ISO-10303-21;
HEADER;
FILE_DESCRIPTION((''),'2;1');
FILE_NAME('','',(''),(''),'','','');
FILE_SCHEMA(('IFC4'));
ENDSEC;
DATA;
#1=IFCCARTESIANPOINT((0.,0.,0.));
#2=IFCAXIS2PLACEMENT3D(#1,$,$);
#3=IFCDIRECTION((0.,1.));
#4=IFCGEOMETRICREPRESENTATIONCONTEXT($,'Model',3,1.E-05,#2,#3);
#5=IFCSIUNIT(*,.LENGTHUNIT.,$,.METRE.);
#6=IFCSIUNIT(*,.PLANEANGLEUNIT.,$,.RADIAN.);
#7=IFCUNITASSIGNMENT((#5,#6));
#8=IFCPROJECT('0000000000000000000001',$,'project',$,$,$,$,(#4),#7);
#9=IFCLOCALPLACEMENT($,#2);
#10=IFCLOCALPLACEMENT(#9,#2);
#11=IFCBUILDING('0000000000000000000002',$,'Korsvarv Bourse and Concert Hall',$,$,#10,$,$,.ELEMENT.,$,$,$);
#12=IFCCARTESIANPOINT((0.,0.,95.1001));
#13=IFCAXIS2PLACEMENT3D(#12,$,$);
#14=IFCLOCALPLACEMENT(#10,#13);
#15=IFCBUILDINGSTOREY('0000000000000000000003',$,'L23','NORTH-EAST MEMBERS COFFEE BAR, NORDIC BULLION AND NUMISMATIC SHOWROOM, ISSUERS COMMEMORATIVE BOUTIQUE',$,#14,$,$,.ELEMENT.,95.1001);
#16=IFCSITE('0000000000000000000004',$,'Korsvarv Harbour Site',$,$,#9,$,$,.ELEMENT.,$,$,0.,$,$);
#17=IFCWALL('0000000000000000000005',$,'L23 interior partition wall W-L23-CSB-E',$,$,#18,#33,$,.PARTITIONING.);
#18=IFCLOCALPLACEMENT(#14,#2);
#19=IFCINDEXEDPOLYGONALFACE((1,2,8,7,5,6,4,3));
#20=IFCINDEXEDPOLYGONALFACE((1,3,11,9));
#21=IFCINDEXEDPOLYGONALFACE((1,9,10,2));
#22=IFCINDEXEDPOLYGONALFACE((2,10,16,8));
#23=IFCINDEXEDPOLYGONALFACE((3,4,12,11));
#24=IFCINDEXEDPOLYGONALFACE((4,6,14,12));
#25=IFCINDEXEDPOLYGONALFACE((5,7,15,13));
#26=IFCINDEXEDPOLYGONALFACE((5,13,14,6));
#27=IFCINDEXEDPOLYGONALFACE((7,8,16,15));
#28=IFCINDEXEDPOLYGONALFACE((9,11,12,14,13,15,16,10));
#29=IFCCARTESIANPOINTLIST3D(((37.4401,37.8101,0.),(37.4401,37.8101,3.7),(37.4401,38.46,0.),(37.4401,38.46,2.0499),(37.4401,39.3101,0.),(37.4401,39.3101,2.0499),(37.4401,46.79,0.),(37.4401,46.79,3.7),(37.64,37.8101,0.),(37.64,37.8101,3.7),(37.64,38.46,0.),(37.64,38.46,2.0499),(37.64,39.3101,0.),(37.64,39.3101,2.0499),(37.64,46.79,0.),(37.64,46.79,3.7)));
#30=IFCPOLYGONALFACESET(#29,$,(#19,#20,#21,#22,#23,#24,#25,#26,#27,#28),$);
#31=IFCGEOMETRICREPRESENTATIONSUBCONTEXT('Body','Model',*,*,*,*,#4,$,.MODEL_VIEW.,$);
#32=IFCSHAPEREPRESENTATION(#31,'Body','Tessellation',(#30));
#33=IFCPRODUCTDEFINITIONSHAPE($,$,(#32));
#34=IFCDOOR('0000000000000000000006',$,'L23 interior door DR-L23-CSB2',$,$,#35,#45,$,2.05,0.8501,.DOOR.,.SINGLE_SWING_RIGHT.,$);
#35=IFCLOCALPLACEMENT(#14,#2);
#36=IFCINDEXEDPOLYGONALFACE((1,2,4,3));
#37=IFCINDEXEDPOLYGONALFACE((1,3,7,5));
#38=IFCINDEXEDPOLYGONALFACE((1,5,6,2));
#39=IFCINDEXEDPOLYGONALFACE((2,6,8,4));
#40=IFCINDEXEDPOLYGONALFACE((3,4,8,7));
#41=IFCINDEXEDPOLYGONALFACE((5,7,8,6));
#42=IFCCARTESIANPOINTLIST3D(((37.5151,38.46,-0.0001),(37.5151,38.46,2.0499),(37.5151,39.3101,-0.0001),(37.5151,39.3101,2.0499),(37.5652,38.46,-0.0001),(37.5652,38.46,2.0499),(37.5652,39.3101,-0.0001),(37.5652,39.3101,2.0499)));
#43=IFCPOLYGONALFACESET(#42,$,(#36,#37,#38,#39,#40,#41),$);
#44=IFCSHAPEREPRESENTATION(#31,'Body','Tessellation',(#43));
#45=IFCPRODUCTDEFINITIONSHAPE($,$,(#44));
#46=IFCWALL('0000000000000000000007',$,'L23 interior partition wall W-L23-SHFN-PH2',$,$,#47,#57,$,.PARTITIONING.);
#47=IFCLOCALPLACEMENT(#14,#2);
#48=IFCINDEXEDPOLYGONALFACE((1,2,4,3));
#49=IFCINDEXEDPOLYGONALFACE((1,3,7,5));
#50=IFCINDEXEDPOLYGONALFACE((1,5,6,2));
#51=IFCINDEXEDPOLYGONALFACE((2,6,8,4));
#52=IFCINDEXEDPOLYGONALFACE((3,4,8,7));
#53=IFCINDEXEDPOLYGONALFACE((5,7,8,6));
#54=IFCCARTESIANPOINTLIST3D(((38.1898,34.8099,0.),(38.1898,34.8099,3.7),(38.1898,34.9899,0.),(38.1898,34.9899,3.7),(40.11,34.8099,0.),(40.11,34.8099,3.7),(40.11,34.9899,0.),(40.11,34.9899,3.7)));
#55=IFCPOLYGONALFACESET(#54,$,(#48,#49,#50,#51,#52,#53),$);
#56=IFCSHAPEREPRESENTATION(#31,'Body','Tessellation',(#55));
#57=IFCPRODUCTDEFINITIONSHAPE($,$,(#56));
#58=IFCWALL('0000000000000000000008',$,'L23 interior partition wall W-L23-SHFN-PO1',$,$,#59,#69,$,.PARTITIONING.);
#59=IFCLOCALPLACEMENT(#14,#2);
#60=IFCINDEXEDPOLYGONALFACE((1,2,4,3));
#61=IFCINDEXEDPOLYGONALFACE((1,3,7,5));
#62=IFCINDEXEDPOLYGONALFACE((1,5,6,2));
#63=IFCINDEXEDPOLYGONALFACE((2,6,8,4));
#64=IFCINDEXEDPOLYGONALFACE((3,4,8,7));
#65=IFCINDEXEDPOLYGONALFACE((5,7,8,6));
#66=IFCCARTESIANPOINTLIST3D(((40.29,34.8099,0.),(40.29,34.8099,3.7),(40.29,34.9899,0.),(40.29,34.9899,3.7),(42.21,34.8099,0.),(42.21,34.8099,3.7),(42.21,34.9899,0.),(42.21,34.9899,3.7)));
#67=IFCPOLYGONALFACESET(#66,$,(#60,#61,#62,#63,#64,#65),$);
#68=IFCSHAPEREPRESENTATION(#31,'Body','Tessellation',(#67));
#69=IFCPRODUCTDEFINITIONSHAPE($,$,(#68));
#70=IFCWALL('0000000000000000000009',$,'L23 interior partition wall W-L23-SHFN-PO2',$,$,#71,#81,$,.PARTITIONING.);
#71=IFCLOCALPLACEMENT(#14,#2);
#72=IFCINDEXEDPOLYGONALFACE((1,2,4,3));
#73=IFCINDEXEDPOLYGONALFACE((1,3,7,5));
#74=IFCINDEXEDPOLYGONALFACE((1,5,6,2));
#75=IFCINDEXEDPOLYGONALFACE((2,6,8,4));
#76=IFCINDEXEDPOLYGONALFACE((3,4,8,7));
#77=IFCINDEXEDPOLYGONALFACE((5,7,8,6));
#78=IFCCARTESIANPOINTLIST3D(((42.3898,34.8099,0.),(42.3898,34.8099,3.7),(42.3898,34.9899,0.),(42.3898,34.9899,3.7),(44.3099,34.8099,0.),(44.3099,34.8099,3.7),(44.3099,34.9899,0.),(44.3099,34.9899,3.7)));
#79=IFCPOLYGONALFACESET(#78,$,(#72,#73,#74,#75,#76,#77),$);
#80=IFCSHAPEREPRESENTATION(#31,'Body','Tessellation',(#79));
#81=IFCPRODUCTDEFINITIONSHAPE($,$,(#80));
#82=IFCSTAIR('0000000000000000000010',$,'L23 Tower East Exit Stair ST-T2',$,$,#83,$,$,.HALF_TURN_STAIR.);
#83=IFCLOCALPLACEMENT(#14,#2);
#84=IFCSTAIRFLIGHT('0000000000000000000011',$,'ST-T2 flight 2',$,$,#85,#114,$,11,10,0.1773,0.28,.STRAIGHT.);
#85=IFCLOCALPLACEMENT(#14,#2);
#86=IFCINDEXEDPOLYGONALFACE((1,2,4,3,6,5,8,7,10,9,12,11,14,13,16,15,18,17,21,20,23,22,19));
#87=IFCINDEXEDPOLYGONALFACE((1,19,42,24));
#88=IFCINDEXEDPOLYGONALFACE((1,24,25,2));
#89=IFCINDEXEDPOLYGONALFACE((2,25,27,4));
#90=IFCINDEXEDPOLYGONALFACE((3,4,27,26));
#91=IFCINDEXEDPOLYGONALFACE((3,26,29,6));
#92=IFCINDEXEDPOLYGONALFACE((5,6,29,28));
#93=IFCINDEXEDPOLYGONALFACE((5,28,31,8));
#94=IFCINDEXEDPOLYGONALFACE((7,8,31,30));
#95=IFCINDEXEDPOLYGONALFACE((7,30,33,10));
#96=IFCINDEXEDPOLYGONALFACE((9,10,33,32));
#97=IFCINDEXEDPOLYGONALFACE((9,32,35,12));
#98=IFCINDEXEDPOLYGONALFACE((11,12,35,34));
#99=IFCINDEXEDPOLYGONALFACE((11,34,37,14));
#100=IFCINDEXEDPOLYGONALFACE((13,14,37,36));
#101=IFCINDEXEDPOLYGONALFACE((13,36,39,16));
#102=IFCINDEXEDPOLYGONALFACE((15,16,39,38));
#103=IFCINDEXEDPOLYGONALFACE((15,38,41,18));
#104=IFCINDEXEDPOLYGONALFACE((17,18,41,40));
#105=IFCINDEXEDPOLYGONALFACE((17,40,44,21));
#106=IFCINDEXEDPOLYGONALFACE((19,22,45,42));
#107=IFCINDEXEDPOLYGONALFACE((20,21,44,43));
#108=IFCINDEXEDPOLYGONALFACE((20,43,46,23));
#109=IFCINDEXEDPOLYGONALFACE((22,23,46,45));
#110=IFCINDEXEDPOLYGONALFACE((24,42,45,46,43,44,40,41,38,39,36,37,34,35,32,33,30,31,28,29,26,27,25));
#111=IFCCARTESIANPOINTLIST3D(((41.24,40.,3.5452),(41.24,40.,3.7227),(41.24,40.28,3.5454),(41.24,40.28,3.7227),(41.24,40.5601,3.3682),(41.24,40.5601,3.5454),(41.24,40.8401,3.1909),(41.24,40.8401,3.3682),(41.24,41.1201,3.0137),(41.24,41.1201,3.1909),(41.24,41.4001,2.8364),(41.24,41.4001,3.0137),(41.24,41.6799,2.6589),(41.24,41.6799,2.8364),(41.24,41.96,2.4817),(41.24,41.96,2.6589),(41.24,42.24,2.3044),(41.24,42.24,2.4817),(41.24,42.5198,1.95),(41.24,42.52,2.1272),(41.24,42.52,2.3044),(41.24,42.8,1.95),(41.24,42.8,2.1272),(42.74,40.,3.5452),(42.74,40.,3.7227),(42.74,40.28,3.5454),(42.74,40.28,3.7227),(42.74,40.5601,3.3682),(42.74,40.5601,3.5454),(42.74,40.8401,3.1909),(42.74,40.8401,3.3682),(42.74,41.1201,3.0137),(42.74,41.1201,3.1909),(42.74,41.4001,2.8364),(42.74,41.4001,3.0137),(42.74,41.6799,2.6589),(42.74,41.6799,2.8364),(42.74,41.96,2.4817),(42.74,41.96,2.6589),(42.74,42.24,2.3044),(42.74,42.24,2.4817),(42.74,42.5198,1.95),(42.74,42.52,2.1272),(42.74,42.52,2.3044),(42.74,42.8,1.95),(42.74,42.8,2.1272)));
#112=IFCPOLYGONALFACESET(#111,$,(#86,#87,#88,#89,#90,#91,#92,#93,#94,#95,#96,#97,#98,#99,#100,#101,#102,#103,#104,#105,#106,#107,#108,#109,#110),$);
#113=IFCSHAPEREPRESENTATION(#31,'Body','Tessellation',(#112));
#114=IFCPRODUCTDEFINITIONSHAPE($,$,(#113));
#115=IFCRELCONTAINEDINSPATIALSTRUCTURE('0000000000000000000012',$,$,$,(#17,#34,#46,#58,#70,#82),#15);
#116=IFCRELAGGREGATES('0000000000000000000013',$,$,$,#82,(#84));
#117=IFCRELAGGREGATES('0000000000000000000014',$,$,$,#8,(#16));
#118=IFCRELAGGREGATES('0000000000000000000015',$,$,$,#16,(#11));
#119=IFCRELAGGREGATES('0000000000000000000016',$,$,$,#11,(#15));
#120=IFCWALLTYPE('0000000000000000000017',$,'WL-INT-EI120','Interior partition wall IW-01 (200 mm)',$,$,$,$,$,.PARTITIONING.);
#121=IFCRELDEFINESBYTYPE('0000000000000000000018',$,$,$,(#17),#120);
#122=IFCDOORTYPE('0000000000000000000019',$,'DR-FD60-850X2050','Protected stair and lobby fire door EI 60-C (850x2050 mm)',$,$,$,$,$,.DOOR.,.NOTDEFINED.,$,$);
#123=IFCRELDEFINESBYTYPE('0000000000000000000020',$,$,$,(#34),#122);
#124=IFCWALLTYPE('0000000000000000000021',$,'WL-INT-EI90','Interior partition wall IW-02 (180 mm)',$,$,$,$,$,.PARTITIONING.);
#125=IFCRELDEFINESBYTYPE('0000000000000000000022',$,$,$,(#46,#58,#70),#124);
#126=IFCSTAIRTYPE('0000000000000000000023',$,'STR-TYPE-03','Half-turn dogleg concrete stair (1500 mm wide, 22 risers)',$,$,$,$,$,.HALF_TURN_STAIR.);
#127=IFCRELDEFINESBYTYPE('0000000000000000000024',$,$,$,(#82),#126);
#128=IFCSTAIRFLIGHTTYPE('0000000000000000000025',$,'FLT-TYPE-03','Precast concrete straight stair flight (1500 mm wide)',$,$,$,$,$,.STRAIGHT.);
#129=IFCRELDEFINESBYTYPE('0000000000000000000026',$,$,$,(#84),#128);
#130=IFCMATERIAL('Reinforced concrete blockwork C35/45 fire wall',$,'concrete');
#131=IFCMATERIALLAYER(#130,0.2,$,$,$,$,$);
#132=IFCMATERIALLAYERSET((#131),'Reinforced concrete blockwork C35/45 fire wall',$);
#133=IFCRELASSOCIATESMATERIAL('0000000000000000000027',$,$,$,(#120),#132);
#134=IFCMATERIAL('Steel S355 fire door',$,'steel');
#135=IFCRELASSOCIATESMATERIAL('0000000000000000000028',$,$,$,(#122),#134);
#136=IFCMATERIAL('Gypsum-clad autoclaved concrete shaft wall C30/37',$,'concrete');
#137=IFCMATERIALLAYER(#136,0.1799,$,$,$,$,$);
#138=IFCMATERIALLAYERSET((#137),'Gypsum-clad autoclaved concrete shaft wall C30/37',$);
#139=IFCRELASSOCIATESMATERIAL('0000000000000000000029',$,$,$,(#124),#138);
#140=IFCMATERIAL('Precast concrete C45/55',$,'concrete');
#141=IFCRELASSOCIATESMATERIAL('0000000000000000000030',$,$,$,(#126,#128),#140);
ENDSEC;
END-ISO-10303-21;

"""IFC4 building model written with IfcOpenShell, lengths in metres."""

from ifc_helpers import new_model, si_unit, direction, frame, frame_2d, origin, place, context, subcontext, project, spatial, polyline, rectangle, outline, extrude, material, layer, layer_set, type_object, element, fill, aggregate, save


model = new_model("IFC4")

# Units and contexts
model_context = context("Model", 3, precision=1e-05, world=origin(), true_north=direction((0.0, 1.0)))
body_context = subcontext(model_context, "Body", "Model", "MODEL_VIEW")
ifc_project = project(units=[si_unit("LENGTHUNIT", "METRE"), si_unit("PLANEANGLEUNIT", "RADIAN")], contexts=[model_context])

# Site, building, storey
site_placement = place(None, origin())
site = spatial("IfcSite", under=ifc_project, at=site_placement, Name="Korsvarv Harbour Site", CompositionType="ELEMENT", RefElevation=0.0)
building_placement = place(site_placement, origin())
building = spatial("IfcBuilding", under=site, at=building_placement, Name="Korsvarv Bourse and Concert Hall", CompositionType="ELEMENT")
storey_placement = place(building_placement, frame((0.0, 0.0, 95.1001)))
storey = spatial("IfcBuildingStorey", under=building, at=storey_placement, Name="L23", Description="NORTH-EAST MEMBERS COFFEE BAR, NORDIC BULLION AND NUMISMATIC SHOWROOM, ISSUERS COMMEMORATIVE BOUTIQUE", CompositionType="ELEMENT", Elevation=95.1001)

# Shared definitions
ifc_material_1 = material(Name="Steel S355 fire door", Category="steel")

# Wall, opening, door
ifc_material_2 = material(Name="Reinforced concrete blockwork C35/45 fire wall", Category="concrete")
ifc_layer_1 = layer(ifc_material_2, 0.2)
ifc_layer_set_1 = layer_set([ifc_layer_1], Name="Reinforced concrete blockwork C35/45 fire wall")
wall_type_1 = type_object("IfcWallType", Name="WL-INT-EI120", Description="Interior partition wall IW-01 (200 mm)", PredefinedType="PARTITIONING", material=ifc_layer_set_1)
wall_1_placement = place(storey_placement, frame((37.54, 37.8101, 0.0), z_axis=(0.0, 0.0, 1.0), x_axis=(0.0, 1.0, 0.0)))
wall_1 = element("IfcWall", 1, at=wall_1_placement, inside=storey, type_object=wall_type_1, Name="L23 interior partition wall W-L23-CSB-E", PredefinedType="PARTITIONING", context=body_context, shape_type="SweptSolid", body=[
    extrude(rectangle(XDim=8.98, YDim=0.2, at=frame_2d((4.49, 0.0))), origin(), (0.0, 0.0, 1.0), 3.7),
])
opening_1_placement = place(wall_1_placement, frame((0.6499, 0.0, 0.0)))
opening_1 = element("IfcOpeningElement", 2, at=opening_1_placement, cuts=wall_1, PredefinedType="OPENING", context=body_context, shape_type="SweptSolid", body=[
    extrude(rectangle(XDim=0.8501, YDim=2.05, at=frame_2d((0.425, 1.0249))), frame((0.0, 0.1099, 0.0), z_axis=(0.0, -1.0, 0.0), x_axis=(1.0, 0.0, 0.0)), (0.0, 0.0, 1.0), 0.22),
])
door_type_1 = type_object("IfcDoorType", Name="DR-FD60-850X2050", Description="Protected stair and lobby fire door EI 60-C (850x2050 mm)", OperationType="NOTDEFINED", PredefinedType="DOOR", material=ifc_material_1)
door_1_placement = place(opening_1_placement, origin())
door_1 = element("IfcDoor", 3, at=door_1_placement, inside=storey, type_object=door_type_1, Name="L23 interior door DR-L23-CSB2", OperationType="SINGLE_SWING_RIGHT", OverallHeight=2.05, OverallWidth=0.8501, PredefinedType="DOOR", context=body_context, shape_type="SweptSolid", body=[
    extrude(rectangle(XDim=0.8501, YDim=2.05, at=frame_2d((0.425, 1.0249))), frame((0.0, 0.0249, 0.0), z_axis=(0.0, -1.0, 0.0), x_axis=(1.0, 0.0, 0.0)), (0.0, 0.0, 1.0), 0.05),
])
fill(opening_1, door_1)

# Walls
ifc_material_3 = material(Name="Gypsum-clad autoclaved concrete shaft wall C30/37", Category="concrete")
ifc_layer_2 = layer(ifc_material_3, 0.1799)
ifc_layer_set_2 = layer_set([ifc_layer_2], Name="Gypsum-clad autoclaved concrete shaft wall C30/37")
wall_type_2 = type_object("IfcWallType", Name="WL-INT-EI90", Description="Interior partition wall IW-02 (180 mm)", PredefinedType="PARTITIONING", material=ifc_layer_set_2)
wall_2_placement = place(storey_placement, frame((38.1899, 34.8999, 0.0), z_axis=(0.0, 0.0, 1.0), x_axis=(1.0, 0.0, 0.0)))
element("IfcWall", 4, at=wall_2_placement, inside=storey, type_object=wall_type_2, Name="L23 interior partition wall W-L23-SHFN-PH2", PredefinedType="PARTITIONING", context=body_context, shape_type="SweptSolid", body=[
    extrude(rectangle(XDim=1.9202, YDim=0.1799, at=frame_2d((0.96, 0.0))), origin(), (0.0, 0.0, 1.0), 3.7),
])
wall_3_placement = place(storey_placement, frame((40.29, 34.8999, 0.0), z_axis=(0.0, 0.0, 1.0), x_axis=(1.0, 0.0, 0.0)))
element("IfcWall", 5, at=wall_3_placement, inside=storey, type_object=wall_type_2, Name="L23 interior partition wall W-L23-SHFN-PO1", PredefinedType="PARTITIONING", context=body_context, shape_type="SweptSolid", body=[
    extrude(rectangle(XDim=1.9199, YDim=0.1799, at=frame_2d((0.96, 0.0))), origin(), (0.0, 0.0, 1.0), 3.7),
])
wall_4_placement = place(storey_placement, frame((42.3899, 34.8999, 0.0), z_axis=(0.0, 0.0, 1.0), x_axis=(1.0, 0.0, 0.0)))
element("IfcWall", 6, at=wall_4_placement, inside=storey, type_object=wall_type_2, Name="L23 interior partition wall W-L23-SHFN-PO2", PredefinedType="PARTITIONING", context=body_context, shape_type="SweptSolid", body=[
    extrude(rectangle(XDim=1.9202, YDim=0.1799, at=frame_2d((0.96, 0.0))), origin(), (0.0, 0.0, 1.0), 3.7),
])

# Stair, stair flight
ifc_material_4 = material(Name="Precast concrete C45/55", Category="concrete")
stair_type = type_object("IfcStairType", Name="STR-TYPE-03", Description="Half-turn dogleg concrete stair (1500 mm wide, 22 risers)", PredefinedType="HALF_TURN_STAIR", material=ifc_material_4)
stair_placement = place(storey_placement, origin())
stair = element("IfcStair", 7, at=stair_placement, inside=storey, type_object=stair_type, Name="L23 Tower East Exit Stair ST-T2", PredefinedType="HALF_TURN_STAIR")
stair_flight_type = type_object("IfcStairFlightType", Name="FLT-TYPE-03", Description="Precast concrete straight stair flight (1500 mm wide)", PredefinedType="STRAIGHT", material=ifc_material_4)
stair_flight_placement = place(storey_placement, frame((41.99, 42.8, 1.95), z_axis=(0.0, 0.0, 1.0), x_axis=(0.0, -1.0, 0.0)))
stair_flight = element("IfcStairFlight", 8, at=stair_flight_placement, type_object=stair_flight_type, Name="ST-T2 flight 2", NumberOfRisers=11, NumberOfTreads=10, PredefinedType="STRAIGHT", RiserHeight=0.1773, TreadLength=0.28, context=body_context, shape_type="SweptSolid", body=[
    extrude(outline(polyline([(0.0, 0.0), (0.0, 0.1772), (0.28, 0.1772), (0.28, 0.3545), (0.5601, 0.3545), (0.5601, 0.5317), (0.8401, 0.5317), (0.8401, 0.709), (1.1201, 0.709), (1.1201, 0.8865), (1.3999, 0.8865), (1.3999, 1.0637), (1.6799, 1.0637), (1.6799, 1.241), (1.96, 1.241), (1.96, 1.4182), (2.24, 1.4182), (2.24, 1.5955), (2.52, 1.5955), (2.52, 1.7727), (2.8, 1.7727), (2.8, 1.95), (2.8, 1.5952), (0.2803, 0.0), (0.0, 0.0)])), frame((0.0, 0.75, 0.0), z_axis=(0.0, -1.0, 0.0), x_axis=(1.0, 0.0, 0.0)), (0.0, 0.0, 1.0), 1.5),
])
aggregate(stair, [stair_flight])

save(model, "model.ifc")
